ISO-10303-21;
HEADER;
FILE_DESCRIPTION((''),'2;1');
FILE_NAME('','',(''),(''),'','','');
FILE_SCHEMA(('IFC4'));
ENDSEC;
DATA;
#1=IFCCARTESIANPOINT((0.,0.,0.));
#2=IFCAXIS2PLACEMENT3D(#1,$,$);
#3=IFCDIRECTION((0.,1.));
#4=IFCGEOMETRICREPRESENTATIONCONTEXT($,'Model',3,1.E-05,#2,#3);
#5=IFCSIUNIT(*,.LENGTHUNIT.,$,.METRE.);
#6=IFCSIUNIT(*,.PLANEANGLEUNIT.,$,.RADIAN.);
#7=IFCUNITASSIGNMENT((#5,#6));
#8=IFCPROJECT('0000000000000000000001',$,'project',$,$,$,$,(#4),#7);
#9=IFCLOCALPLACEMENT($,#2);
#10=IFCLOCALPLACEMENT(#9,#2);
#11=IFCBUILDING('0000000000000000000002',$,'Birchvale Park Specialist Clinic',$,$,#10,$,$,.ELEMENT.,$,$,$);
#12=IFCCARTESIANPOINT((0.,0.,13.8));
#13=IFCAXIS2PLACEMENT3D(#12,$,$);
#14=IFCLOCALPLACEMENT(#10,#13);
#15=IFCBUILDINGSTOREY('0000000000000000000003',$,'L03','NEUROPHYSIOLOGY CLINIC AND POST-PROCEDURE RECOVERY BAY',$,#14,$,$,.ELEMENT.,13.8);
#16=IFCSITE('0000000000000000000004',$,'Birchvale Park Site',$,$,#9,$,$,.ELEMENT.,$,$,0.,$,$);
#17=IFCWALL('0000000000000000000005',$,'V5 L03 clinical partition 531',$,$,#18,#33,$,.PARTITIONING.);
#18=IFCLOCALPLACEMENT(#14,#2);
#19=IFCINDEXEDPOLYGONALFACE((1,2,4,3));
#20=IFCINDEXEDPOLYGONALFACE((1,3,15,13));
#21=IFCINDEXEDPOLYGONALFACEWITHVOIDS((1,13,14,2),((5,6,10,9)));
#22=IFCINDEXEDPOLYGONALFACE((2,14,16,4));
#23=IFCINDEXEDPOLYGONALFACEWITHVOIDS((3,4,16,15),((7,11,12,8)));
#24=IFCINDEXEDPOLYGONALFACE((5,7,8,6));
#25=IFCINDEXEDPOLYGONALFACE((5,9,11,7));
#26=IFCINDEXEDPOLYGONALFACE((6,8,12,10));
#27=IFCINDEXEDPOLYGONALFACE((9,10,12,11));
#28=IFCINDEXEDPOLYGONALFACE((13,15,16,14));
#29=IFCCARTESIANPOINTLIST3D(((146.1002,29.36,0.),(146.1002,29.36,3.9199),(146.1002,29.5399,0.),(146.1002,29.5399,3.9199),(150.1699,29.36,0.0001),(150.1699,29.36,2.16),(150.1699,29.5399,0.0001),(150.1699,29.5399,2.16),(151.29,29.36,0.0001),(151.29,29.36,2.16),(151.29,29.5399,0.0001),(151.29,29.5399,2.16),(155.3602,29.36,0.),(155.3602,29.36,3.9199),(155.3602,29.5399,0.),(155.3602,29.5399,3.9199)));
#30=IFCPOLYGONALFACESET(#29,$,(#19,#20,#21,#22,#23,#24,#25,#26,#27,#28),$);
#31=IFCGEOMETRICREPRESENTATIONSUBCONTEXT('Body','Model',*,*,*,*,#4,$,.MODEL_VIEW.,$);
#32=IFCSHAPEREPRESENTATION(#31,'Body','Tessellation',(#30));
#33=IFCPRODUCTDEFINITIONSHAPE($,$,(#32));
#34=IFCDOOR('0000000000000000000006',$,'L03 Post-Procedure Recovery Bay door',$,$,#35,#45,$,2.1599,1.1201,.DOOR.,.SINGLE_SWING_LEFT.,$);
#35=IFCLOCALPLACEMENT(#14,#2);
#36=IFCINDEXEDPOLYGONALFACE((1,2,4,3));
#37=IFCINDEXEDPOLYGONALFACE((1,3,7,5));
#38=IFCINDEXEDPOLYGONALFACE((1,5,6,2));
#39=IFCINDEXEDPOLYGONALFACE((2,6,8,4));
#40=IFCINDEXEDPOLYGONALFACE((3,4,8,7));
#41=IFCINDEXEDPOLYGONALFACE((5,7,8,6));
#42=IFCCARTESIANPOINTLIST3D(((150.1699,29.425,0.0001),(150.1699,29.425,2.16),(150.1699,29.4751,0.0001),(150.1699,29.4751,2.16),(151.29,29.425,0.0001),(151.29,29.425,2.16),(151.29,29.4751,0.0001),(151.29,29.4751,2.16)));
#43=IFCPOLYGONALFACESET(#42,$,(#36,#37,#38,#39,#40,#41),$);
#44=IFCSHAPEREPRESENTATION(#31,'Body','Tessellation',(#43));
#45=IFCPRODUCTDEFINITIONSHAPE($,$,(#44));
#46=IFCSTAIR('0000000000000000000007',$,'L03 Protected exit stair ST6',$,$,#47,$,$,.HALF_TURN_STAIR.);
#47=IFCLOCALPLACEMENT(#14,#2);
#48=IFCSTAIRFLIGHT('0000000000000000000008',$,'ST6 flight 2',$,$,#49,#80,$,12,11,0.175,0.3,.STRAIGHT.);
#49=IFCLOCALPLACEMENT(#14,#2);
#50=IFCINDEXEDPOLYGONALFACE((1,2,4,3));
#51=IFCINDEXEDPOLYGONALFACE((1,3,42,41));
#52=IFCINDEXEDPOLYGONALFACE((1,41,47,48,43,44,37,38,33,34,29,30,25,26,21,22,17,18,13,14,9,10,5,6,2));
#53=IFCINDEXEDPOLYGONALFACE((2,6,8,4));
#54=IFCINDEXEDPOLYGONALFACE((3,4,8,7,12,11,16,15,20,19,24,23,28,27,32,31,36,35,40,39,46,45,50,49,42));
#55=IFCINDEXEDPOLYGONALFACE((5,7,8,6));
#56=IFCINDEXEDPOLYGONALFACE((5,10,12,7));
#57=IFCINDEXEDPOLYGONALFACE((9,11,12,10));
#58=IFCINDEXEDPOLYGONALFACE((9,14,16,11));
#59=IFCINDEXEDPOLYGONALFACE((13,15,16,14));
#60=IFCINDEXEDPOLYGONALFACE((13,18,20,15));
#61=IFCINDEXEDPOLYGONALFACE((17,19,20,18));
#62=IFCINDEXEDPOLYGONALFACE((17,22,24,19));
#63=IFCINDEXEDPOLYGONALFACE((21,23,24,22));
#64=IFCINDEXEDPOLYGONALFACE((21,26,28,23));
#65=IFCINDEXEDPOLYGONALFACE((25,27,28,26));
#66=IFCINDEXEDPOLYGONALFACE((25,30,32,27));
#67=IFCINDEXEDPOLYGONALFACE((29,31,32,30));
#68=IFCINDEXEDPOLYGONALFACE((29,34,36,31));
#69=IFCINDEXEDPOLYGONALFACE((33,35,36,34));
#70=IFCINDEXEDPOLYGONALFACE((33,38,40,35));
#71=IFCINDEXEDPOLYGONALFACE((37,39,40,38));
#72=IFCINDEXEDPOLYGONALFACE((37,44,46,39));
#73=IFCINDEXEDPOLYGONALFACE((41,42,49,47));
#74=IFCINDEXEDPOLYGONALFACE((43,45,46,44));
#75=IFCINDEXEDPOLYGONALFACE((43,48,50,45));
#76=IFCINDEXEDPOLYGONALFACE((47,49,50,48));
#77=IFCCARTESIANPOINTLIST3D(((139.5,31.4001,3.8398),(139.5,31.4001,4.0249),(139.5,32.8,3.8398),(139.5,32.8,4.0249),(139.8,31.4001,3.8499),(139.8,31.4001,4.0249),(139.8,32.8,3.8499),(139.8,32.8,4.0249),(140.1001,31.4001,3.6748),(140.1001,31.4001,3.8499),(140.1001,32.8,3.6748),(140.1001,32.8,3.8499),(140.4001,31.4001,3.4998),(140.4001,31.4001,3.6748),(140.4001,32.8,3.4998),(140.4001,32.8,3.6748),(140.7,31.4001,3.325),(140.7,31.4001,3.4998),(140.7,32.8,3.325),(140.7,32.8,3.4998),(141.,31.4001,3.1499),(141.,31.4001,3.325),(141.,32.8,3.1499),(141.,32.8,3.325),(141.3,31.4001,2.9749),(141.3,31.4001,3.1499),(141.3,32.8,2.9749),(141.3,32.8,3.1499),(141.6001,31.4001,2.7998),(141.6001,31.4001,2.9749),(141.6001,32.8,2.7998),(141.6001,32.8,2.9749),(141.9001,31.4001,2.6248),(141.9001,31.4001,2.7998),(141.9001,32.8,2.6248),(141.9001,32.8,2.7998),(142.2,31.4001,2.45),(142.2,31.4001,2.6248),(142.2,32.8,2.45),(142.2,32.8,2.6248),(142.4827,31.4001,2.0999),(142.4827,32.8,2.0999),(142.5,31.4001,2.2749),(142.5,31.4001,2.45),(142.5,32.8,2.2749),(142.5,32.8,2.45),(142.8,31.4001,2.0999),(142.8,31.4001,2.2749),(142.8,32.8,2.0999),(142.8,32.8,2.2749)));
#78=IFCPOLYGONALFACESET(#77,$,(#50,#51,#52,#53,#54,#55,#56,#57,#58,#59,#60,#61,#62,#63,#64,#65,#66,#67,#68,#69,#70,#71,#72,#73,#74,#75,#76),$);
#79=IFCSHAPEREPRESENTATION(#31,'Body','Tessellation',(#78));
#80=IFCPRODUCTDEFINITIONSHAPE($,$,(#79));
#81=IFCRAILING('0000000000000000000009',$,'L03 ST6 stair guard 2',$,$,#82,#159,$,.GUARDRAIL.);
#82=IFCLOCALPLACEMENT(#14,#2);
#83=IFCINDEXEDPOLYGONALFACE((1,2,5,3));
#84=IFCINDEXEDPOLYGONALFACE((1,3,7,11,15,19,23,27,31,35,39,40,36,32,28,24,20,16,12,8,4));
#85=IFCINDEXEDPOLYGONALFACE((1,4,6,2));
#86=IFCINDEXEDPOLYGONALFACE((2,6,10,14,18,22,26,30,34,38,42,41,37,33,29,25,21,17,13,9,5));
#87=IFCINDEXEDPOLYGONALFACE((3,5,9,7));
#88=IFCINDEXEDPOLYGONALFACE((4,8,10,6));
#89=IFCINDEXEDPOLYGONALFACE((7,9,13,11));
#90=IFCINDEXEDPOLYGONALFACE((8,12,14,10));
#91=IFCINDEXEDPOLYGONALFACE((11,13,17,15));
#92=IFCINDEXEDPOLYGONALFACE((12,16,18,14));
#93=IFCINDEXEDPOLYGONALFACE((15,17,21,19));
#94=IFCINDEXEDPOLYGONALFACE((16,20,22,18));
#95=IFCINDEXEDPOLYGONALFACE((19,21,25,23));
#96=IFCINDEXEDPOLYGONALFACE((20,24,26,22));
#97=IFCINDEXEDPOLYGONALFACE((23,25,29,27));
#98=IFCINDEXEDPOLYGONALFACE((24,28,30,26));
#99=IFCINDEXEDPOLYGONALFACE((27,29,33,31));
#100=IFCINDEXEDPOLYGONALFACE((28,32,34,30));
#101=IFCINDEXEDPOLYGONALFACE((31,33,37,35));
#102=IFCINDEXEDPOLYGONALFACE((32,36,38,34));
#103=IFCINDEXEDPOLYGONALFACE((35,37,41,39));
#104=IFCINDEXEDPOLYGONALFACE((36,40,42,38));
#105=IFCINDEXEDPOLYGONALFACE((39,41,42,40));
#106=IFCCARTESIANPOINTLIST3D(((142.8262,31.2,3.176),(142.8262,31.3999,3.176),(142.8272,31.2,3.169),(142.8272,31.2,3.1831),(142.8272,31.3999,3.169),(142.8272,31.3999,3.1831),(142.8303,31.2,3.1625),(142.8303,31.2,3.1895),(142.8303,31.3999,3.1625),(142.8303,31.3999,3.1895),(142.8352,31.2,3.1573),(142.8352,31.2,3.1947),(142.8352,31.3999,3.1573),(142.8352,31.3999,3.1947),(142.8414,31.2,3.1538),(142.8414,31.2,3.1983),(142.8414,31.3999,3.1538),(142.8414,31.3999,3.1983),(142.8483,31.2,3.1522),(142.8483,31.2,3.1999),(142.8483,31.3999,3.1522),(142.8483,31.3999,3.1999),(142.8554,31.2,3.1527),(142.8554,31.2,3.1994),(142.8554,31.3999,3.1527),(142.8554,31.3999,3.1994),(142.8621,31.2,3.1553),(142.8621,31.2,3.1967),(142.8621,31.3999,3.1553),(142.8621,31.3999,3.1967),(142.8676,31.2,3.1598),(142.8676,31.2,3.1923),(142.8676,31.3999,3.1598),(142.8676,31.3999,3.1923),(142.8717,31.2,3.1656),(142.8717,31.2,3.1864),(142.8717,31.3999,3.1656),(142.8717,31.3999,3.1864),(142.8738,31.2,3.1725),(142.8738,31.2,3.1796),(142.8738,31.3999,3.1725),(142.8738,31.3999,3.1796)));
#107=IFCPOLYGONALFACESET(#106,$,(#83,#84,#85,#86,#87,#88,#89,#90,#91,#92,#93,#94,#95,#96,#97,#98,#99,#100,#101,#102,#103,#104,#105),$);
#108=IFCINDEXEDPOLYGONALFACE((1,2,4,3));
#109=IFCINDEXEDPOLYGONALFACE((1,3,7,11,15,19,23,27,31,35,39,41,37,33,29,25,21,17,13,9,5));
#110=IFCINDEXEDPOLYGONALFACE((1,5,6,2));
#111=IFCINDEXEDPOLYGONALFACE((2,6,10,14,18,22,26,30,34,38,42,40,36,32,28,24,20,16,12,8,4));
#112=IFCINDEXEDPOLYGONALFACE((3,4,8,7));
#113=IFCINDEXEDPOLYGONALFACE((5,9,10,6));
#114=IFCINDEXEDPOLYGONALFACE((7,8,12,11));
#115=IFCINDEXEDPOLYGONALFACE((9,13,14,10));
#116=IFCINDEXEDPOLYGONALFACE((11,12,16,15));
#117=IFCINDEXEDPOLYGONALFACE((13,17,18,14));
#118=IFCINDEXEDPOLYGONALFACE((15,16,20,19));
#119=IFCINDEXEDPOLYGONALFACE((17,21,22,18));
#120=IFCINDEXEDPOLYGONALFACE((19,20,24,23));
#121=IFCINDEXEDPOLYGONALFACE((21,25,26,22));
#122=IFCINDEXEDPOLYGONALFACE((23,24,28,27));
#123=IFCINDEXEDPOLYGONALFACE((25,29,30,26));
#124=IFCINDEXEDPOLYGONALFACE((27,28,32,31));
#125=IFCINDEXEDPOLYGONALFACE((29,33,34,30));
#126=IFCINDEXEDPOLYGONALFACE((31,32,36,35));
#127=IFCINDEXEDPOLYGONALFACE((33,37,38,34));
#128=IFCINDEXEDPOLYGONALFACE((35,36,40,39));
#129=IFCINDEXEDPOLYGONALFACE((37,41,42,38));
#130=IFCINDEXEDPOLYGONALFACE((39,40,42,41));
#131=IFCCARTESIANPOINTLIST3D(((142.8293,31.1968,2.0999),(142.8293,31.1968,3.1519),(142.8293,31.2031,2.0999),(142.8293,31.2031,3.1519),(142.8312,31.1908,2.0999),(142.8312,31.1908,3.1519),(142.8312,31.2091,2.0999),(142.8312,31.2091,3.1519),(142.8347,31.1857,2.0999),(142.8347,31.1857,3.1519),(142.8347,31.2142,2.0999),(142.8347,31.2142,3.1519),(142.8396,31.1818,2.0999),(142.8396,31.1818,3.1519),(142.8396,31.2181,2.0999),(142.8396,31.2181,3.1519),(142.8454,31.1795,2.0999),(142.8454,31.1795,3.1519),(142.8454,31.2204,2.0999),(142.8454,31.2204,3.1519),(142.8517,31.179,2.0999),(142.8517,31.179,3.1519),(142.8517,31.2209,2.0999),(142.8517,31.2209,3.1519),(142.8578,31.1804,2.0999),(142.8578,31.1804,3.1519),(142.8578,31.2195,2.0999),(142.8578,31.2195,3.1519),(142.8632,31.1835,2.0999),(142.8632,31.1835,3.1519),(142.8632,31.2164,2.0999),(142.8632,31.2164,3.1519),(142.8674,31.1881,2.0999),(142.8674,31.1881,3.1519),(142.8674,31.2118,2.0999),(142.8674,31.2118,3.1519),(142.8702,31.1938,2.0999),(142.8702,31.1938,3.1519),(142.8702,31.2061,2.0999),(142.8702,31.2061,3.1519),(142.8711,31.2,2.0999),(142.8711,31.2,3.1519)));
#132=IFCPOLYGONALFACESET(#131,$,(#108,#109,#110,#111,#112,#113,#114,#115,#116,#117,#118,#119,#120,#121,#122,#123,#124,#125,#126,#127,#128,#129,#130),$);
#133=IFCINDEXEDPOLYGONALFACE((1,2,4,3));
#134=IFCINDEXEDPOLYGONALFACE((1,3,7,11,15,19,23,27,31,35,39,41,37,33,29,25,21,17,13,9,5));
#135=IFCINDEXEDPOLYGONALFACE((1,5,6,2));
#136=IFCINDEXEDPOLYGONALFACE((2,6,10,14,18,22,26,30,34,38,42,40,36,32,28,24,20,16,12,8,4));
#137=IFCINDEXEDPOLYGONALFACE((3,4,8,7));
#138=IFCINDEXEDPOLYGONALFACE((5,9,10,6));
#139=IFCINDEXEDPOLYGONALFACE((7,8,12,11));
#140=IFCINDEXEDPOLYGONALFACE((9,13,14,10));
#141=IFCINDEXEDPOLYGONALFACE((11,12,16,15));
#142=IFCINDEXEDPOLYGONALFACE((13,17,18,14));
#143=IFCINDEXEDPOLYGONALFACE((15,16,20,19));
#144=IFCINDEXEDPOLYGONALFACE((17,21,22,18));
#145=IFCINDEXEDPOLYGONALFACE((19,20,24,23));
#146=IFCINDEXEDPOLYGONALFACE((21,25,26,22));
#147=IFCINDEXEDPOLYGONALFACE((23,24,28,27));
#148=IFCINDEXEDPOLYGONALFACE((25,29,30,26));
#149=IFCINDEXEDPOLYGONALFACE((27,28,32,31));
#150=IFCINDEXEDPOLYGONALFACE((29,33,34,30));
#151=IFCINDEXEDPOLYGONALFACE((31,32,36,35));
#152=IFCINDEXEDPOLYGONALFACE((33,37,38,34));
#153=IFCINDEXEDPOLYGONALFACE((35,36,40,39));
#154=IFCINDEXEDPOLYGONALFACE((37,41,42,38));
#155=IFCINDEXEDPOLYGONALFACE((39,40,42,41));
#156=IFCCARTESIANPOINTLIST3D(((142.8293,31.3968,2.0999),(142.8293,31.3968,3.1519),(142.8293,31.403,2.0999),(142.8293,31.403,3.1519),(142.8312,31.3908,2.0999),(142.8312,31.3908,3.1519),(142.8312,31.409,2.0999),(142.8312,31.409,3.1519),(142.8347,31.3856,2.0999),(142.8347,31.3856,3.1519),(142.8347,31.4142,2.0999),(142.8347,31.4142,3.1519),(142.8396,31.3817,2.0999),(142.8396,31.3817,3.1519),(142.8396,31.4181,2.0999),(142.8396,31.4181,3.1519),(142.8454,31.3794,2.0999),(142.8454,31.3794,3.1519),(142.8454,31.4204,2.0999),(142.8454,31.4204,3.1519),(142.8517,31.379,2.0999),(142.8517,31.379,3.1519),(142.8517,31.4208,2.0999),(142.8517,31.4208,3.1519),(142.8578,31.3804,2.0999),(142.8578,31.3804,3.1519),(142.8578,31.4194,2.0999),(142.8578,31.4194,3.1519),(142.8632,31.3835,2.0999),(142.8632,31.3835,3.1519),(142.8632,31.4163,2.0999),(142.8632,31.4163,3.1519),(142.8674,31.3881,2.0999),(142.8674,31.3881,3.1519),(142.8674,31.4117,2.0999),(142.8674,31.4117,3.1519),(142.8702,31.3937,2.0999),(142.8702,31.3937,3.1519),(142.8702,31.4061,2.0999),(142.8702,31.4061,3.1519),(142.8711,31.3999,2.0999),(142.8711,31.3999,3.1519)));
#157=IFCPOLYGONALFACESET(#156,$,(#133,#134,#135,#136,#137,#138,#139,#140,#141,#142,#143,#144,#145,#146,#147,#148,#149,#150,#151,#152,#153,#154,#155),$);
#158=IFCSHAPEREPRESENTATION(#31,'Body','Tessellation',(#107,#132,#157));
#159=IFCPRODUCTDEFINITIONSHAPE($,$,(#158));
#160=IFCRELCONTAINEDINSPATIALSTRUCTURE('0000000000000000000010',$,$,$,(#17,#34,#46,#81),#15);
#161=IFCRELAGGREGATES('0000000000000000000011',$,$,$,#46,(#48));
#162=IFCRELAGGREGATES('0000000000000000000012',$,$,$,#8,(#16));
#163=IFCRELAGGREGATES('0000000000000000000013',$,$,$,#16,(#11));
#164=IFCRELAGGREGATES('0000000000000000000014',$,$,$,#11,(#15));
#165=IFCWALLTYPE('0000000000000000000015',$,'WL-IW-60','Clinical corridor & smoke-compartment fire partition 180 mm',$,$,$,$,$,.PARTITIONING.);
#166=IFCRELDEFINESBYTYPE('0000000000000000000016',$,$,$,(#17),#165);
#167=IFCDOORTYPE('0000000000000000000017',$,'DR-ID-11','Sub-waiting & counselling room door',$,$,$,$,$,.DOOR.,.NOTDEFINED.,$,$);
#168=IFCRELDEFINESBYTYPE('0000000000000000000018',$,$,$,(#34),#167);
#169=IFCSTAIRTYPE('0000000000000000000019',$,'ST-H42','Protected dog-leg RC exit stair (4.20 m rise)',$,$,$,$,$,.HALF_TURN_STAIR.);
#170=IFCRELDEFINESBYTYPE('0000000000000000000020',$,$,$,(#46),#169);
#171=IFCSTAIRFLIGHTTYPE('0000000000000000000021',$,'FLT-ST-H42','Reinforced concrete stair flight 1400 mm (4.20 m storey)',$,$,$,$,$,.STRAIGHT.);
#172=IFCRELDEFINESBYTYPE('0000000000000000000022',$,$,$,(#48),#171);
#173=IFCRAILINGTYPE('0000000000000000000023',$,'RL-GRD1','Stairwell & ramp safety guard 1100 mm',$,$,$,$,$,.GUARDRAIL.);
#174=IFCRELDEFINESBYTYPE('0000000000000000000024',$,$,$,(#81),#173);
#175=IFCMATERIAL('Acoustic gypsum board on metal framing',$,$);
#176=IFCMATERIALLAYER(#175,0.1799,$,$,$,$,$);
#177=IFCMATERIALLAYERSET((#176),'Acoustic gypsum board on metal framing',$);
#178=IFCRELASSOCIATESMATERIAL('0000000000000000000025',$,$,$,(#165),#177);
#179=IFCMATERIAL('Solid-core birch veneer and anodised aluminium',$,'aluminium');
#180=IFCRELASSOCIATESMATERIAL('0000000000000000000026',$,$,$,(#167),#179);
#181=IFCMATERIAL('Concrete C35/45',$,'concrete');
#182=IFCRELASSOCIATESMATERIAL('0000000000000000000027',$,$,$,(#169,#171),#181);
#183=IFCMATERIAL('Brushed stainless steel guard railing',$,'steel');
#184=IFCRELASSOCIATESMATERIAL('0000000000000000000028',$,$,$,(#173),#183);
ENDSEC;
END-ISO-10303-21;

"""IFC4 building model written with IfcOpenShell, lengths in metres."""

from ifc_helpers import new_model, si_unit, direction, frame, frame_2d, origin, origin_2d, place, context, subcontext, project, spatial, polyline, rectangle, circle, outline, extrude, material, layer, layer_set, type_object, element, fill, aggregate, save


model = new_model("IFC4")

# Units and contexts
model_context = context("Model", 3, precision=1e-05, world=origin(), true_north=direction((0.0, 1.0)))
body_context = subcontext(model_context, "Body", "Model", "MODEL_VIEW")
ifc_project = project(units=[si_unit("LENGTHUNIT", "METRE"), si_unit("PLANEANGLEUNIT", "RADIAN")], contexts=[model_context])

# Site, building, storey
site_placement = place(None, origin())
site = spatial("IfcSite", under=ifc_project, at=site_placement, Name="Birchvale Park Site", CompositionType="ELEMENT", RefElevation=0.0)
building_placement = place(site_placement, origin())
building = spatial("IfcBuilding", under=site, at=building_placement, Name="Birchvale Park Specialist Clinic", CompositionType="ELEMENT")
storey_placement = place(building_placement, frame((0.0, 0.0, 13.8)))
storey = spatial("IfcBuildingStorey", under=building, at=storey_placement, Name="L03", Description="NEUROPHYSIOLOGY CLINIC AND POST-PROCEDURE RECOVERY BAY", CompositionType="ELEMENT", Elevation=13.8)

# Shared definitions
ifc_material_1 = material(Name="Acoustic gypsum board on metal framing")

# Wall, opening, door
ifc_layer_1 = layer(ifc_material_1, 0.1799)
ifc_layer_set_1 = layer_set([ifc_layer_1], Name="Acoustic gypsum board on metal framing")
wall_type_1 = type_object("IfcWallType", Name="WL-IW-60", Description="Clinical corridor & smoke-compartment fire partition 180 mm", PredefinedType="PARTITIONING", material=ifc_layer_set_1)
ifc_material_2 = material(Name="Solid-core birch veneer and anodised aluminium", Category="aluminium")
wall_1_placement = place(storey_placement, frame((155.3601, 29.45, 0.0), z_axis=(0.0, 0.0, 1.0), x_axis=(-1.0, 0.0, 0.0)))
wall_1 = element("IfcWall", 1, at=wall_1_placement, inside=storey, type_object=wall_type_1, Name="V5 L03 clinical partition 531", PredefinedType="PARTITIONING", context=body_context, shape_type="SweptSolid", body=[
    extrude(rectangle(XDim=9.26, YDim=0.1799, at=frame_2d((4.6299, 0.0))), origin(), (0.0, 0.0, 1.0), 3.9199),
])
opening_1_placement = place(wall_1_placement, frame((4.0701, 0.0, 0.0)))
opening_1 = element("IfcOpeningElement", 2, at=opening_1_placement, cuts=wall_1, PredefinedType="OPENING", context=body_context, shape_type="SweptSolid", body=[
    extrude(rectangle(XDim=1.1201, YDim=2.1599, at=frame_2d((0.5601, 1.0801))), frame((0.0, 0.1001, 0.0), z_axis=(0.0, -1.0, 0.0), x_axis=(1.0, 0.0, 0.0)), (0.0, 0.0, 1.0), 0.2),
])
door_type_1 = type_object("IfcDoorType", Name="DR-ID-11", Description="Sub-waiting & counselling room door", OperationType="NOTDEFINED", PredefinedType="DOOR", material=ifc_material_2)
door_1_placement = place(opening_1_placement, origin())
door_1 = element("IfcDoor", 3, at=door_1_placement, inside=storey, type_object=door_type_1, Name="L03 Post-Procedure Recovery Bay door", OperationType="SINGLE_SWING_LEFT", OverallHeight=2.1599, OverallWidth=1.1201, PredefinedType="DOOR", context=body_context, shape_type="SweptSolid", body=[
    extrude(rectangle(XDim=1.1201, YDim=2.1599, at=frame_2d((0.5601, 1.0801))), frame((0.0, 0.0249, 0.0), z_axis=(0.0, -1.0, 0.0), x_axis=(1.0, 0.0, 0.0)), (0.0, 0.0, 1.0), 0.05),
])
fill(opening_1, door_1)

# Stair, stair flight
ifc_material_3 = material(Name="Concrete C35/45", Category="concrete")
stair_type = type_object("IfcStairType", Name="ST-H42", Description="Protected dog-leg RC exit stair (4.20 m rise)", PredefinedType="HALF_TURN_STAIR", material=ifc_material_3)
stair_placement = place(storey_placement, origin())
stair = element("IfcStair", 4, at=stair_placement, inside=storey, type_object=stair_type, Name="L03 Protected exit stair ST6", PredefinedType="HALF_TURN_STAIR")
stair_flight_type = type_object("IfcStairFlightType", Name="FLT-ST-H42", Description="Reinforced concrete stair flight 1400 mm (4.20 m storey)", PredefinedType="STRAIGHT", material=ifc_material_3)
stair_flight_placement = place(storey_placement, frame((142.8, 32.1001, 2.0999), z_axis=(0.0, 0.0, 1.0), x_axis=(-1.0, 0.0, 0.0)))
stair_flight = element("IfcStairFlight", 5, at=stair_flight_placement, type_object=stair_flight_type, Name="ST6 flight 2", NumberOfRisers=12, NumberOfTreads=11, PredefinedType="STRAIGHT", RiserHeight=0.175, TreadLength=0.3, context=body_context, shape_type="SweptSolid", body=[
    extrude(outline(polyline([(0.0, 0.0), (0.0, 0.175), (0.3, 0.175), (0.3, 0.3501), (0.6001, 0.3501), (0.6001, 0.5249), (0.8999, 0.5249), (0.8999, 0.7), (1.2, 0.7), (1.2, 0.875), (1.5, 0.875), (1.5, 1.05), (1.8, 1.05), (1.8, 1.2251), (2.1001, 1.2251), (2.1001, 1.3999), (2.3999, 1.3999), (2.3999, 1.575), (2.7, 1.575), (2.7, 1.75), (3.0, 1.75), (3.0, 1.925), (3.3, 1.925), (3.3, 2.1001), (3.3, 1.74), (0.3174, 0.0), (0.0, 0.0)])), frame((0.0, 0.7, 0.0), z_axis=(0.0, -1.0, 0.0), x_axis=(1.0, 0.0, 0.0)), (0.0, 0.0, 1.0), 1.3999),
])
aggregate(stair, [stair_flight])

# Railing
ifc_material_4 = material(Name="Brushed stainless steel guard railing", Category="steel")
railing_type_1 = type_object("IfcRailingType", Name="RL-GRD1", Description="Stairwell & ramp safety guard 1100 mm", PredefinedType="GUARDRAIL", material=ifc_material_4)
railing_1_placement = place(storey_placement, frame((142.8501, 31.2, 2.0999)))
element("IfcRailing", 6, at=railing_1_placement, inside=storey, type_object=railing_type_1, Name="L03 ST6 stair guard 2", PredefinedType="GUARDRAIL", context=body_context, shape_type="SweptSolid", body=[
    extrude(circle(Radius=0.0239, at=origin_2d()), frame((0.0, 0.0, 1.0762), z_axis=(0.0, 1.0, 0.0), x_axis=(-1.0, 0.0, 0.0)), (0.0, 0.0, 1.0), 0.2),
    extrude(circle(Radius=0.021, at=origin_2d()), origin(), (0.0, 0.0, 1.0), 1.052),
    extrude(circle(Radius=0.021, at=origin_2d()), frame((0.0, 0.2, 0.0)), (0.0, 0.0, 1.0), 1.052),
])

save(model, "model.ifc")
